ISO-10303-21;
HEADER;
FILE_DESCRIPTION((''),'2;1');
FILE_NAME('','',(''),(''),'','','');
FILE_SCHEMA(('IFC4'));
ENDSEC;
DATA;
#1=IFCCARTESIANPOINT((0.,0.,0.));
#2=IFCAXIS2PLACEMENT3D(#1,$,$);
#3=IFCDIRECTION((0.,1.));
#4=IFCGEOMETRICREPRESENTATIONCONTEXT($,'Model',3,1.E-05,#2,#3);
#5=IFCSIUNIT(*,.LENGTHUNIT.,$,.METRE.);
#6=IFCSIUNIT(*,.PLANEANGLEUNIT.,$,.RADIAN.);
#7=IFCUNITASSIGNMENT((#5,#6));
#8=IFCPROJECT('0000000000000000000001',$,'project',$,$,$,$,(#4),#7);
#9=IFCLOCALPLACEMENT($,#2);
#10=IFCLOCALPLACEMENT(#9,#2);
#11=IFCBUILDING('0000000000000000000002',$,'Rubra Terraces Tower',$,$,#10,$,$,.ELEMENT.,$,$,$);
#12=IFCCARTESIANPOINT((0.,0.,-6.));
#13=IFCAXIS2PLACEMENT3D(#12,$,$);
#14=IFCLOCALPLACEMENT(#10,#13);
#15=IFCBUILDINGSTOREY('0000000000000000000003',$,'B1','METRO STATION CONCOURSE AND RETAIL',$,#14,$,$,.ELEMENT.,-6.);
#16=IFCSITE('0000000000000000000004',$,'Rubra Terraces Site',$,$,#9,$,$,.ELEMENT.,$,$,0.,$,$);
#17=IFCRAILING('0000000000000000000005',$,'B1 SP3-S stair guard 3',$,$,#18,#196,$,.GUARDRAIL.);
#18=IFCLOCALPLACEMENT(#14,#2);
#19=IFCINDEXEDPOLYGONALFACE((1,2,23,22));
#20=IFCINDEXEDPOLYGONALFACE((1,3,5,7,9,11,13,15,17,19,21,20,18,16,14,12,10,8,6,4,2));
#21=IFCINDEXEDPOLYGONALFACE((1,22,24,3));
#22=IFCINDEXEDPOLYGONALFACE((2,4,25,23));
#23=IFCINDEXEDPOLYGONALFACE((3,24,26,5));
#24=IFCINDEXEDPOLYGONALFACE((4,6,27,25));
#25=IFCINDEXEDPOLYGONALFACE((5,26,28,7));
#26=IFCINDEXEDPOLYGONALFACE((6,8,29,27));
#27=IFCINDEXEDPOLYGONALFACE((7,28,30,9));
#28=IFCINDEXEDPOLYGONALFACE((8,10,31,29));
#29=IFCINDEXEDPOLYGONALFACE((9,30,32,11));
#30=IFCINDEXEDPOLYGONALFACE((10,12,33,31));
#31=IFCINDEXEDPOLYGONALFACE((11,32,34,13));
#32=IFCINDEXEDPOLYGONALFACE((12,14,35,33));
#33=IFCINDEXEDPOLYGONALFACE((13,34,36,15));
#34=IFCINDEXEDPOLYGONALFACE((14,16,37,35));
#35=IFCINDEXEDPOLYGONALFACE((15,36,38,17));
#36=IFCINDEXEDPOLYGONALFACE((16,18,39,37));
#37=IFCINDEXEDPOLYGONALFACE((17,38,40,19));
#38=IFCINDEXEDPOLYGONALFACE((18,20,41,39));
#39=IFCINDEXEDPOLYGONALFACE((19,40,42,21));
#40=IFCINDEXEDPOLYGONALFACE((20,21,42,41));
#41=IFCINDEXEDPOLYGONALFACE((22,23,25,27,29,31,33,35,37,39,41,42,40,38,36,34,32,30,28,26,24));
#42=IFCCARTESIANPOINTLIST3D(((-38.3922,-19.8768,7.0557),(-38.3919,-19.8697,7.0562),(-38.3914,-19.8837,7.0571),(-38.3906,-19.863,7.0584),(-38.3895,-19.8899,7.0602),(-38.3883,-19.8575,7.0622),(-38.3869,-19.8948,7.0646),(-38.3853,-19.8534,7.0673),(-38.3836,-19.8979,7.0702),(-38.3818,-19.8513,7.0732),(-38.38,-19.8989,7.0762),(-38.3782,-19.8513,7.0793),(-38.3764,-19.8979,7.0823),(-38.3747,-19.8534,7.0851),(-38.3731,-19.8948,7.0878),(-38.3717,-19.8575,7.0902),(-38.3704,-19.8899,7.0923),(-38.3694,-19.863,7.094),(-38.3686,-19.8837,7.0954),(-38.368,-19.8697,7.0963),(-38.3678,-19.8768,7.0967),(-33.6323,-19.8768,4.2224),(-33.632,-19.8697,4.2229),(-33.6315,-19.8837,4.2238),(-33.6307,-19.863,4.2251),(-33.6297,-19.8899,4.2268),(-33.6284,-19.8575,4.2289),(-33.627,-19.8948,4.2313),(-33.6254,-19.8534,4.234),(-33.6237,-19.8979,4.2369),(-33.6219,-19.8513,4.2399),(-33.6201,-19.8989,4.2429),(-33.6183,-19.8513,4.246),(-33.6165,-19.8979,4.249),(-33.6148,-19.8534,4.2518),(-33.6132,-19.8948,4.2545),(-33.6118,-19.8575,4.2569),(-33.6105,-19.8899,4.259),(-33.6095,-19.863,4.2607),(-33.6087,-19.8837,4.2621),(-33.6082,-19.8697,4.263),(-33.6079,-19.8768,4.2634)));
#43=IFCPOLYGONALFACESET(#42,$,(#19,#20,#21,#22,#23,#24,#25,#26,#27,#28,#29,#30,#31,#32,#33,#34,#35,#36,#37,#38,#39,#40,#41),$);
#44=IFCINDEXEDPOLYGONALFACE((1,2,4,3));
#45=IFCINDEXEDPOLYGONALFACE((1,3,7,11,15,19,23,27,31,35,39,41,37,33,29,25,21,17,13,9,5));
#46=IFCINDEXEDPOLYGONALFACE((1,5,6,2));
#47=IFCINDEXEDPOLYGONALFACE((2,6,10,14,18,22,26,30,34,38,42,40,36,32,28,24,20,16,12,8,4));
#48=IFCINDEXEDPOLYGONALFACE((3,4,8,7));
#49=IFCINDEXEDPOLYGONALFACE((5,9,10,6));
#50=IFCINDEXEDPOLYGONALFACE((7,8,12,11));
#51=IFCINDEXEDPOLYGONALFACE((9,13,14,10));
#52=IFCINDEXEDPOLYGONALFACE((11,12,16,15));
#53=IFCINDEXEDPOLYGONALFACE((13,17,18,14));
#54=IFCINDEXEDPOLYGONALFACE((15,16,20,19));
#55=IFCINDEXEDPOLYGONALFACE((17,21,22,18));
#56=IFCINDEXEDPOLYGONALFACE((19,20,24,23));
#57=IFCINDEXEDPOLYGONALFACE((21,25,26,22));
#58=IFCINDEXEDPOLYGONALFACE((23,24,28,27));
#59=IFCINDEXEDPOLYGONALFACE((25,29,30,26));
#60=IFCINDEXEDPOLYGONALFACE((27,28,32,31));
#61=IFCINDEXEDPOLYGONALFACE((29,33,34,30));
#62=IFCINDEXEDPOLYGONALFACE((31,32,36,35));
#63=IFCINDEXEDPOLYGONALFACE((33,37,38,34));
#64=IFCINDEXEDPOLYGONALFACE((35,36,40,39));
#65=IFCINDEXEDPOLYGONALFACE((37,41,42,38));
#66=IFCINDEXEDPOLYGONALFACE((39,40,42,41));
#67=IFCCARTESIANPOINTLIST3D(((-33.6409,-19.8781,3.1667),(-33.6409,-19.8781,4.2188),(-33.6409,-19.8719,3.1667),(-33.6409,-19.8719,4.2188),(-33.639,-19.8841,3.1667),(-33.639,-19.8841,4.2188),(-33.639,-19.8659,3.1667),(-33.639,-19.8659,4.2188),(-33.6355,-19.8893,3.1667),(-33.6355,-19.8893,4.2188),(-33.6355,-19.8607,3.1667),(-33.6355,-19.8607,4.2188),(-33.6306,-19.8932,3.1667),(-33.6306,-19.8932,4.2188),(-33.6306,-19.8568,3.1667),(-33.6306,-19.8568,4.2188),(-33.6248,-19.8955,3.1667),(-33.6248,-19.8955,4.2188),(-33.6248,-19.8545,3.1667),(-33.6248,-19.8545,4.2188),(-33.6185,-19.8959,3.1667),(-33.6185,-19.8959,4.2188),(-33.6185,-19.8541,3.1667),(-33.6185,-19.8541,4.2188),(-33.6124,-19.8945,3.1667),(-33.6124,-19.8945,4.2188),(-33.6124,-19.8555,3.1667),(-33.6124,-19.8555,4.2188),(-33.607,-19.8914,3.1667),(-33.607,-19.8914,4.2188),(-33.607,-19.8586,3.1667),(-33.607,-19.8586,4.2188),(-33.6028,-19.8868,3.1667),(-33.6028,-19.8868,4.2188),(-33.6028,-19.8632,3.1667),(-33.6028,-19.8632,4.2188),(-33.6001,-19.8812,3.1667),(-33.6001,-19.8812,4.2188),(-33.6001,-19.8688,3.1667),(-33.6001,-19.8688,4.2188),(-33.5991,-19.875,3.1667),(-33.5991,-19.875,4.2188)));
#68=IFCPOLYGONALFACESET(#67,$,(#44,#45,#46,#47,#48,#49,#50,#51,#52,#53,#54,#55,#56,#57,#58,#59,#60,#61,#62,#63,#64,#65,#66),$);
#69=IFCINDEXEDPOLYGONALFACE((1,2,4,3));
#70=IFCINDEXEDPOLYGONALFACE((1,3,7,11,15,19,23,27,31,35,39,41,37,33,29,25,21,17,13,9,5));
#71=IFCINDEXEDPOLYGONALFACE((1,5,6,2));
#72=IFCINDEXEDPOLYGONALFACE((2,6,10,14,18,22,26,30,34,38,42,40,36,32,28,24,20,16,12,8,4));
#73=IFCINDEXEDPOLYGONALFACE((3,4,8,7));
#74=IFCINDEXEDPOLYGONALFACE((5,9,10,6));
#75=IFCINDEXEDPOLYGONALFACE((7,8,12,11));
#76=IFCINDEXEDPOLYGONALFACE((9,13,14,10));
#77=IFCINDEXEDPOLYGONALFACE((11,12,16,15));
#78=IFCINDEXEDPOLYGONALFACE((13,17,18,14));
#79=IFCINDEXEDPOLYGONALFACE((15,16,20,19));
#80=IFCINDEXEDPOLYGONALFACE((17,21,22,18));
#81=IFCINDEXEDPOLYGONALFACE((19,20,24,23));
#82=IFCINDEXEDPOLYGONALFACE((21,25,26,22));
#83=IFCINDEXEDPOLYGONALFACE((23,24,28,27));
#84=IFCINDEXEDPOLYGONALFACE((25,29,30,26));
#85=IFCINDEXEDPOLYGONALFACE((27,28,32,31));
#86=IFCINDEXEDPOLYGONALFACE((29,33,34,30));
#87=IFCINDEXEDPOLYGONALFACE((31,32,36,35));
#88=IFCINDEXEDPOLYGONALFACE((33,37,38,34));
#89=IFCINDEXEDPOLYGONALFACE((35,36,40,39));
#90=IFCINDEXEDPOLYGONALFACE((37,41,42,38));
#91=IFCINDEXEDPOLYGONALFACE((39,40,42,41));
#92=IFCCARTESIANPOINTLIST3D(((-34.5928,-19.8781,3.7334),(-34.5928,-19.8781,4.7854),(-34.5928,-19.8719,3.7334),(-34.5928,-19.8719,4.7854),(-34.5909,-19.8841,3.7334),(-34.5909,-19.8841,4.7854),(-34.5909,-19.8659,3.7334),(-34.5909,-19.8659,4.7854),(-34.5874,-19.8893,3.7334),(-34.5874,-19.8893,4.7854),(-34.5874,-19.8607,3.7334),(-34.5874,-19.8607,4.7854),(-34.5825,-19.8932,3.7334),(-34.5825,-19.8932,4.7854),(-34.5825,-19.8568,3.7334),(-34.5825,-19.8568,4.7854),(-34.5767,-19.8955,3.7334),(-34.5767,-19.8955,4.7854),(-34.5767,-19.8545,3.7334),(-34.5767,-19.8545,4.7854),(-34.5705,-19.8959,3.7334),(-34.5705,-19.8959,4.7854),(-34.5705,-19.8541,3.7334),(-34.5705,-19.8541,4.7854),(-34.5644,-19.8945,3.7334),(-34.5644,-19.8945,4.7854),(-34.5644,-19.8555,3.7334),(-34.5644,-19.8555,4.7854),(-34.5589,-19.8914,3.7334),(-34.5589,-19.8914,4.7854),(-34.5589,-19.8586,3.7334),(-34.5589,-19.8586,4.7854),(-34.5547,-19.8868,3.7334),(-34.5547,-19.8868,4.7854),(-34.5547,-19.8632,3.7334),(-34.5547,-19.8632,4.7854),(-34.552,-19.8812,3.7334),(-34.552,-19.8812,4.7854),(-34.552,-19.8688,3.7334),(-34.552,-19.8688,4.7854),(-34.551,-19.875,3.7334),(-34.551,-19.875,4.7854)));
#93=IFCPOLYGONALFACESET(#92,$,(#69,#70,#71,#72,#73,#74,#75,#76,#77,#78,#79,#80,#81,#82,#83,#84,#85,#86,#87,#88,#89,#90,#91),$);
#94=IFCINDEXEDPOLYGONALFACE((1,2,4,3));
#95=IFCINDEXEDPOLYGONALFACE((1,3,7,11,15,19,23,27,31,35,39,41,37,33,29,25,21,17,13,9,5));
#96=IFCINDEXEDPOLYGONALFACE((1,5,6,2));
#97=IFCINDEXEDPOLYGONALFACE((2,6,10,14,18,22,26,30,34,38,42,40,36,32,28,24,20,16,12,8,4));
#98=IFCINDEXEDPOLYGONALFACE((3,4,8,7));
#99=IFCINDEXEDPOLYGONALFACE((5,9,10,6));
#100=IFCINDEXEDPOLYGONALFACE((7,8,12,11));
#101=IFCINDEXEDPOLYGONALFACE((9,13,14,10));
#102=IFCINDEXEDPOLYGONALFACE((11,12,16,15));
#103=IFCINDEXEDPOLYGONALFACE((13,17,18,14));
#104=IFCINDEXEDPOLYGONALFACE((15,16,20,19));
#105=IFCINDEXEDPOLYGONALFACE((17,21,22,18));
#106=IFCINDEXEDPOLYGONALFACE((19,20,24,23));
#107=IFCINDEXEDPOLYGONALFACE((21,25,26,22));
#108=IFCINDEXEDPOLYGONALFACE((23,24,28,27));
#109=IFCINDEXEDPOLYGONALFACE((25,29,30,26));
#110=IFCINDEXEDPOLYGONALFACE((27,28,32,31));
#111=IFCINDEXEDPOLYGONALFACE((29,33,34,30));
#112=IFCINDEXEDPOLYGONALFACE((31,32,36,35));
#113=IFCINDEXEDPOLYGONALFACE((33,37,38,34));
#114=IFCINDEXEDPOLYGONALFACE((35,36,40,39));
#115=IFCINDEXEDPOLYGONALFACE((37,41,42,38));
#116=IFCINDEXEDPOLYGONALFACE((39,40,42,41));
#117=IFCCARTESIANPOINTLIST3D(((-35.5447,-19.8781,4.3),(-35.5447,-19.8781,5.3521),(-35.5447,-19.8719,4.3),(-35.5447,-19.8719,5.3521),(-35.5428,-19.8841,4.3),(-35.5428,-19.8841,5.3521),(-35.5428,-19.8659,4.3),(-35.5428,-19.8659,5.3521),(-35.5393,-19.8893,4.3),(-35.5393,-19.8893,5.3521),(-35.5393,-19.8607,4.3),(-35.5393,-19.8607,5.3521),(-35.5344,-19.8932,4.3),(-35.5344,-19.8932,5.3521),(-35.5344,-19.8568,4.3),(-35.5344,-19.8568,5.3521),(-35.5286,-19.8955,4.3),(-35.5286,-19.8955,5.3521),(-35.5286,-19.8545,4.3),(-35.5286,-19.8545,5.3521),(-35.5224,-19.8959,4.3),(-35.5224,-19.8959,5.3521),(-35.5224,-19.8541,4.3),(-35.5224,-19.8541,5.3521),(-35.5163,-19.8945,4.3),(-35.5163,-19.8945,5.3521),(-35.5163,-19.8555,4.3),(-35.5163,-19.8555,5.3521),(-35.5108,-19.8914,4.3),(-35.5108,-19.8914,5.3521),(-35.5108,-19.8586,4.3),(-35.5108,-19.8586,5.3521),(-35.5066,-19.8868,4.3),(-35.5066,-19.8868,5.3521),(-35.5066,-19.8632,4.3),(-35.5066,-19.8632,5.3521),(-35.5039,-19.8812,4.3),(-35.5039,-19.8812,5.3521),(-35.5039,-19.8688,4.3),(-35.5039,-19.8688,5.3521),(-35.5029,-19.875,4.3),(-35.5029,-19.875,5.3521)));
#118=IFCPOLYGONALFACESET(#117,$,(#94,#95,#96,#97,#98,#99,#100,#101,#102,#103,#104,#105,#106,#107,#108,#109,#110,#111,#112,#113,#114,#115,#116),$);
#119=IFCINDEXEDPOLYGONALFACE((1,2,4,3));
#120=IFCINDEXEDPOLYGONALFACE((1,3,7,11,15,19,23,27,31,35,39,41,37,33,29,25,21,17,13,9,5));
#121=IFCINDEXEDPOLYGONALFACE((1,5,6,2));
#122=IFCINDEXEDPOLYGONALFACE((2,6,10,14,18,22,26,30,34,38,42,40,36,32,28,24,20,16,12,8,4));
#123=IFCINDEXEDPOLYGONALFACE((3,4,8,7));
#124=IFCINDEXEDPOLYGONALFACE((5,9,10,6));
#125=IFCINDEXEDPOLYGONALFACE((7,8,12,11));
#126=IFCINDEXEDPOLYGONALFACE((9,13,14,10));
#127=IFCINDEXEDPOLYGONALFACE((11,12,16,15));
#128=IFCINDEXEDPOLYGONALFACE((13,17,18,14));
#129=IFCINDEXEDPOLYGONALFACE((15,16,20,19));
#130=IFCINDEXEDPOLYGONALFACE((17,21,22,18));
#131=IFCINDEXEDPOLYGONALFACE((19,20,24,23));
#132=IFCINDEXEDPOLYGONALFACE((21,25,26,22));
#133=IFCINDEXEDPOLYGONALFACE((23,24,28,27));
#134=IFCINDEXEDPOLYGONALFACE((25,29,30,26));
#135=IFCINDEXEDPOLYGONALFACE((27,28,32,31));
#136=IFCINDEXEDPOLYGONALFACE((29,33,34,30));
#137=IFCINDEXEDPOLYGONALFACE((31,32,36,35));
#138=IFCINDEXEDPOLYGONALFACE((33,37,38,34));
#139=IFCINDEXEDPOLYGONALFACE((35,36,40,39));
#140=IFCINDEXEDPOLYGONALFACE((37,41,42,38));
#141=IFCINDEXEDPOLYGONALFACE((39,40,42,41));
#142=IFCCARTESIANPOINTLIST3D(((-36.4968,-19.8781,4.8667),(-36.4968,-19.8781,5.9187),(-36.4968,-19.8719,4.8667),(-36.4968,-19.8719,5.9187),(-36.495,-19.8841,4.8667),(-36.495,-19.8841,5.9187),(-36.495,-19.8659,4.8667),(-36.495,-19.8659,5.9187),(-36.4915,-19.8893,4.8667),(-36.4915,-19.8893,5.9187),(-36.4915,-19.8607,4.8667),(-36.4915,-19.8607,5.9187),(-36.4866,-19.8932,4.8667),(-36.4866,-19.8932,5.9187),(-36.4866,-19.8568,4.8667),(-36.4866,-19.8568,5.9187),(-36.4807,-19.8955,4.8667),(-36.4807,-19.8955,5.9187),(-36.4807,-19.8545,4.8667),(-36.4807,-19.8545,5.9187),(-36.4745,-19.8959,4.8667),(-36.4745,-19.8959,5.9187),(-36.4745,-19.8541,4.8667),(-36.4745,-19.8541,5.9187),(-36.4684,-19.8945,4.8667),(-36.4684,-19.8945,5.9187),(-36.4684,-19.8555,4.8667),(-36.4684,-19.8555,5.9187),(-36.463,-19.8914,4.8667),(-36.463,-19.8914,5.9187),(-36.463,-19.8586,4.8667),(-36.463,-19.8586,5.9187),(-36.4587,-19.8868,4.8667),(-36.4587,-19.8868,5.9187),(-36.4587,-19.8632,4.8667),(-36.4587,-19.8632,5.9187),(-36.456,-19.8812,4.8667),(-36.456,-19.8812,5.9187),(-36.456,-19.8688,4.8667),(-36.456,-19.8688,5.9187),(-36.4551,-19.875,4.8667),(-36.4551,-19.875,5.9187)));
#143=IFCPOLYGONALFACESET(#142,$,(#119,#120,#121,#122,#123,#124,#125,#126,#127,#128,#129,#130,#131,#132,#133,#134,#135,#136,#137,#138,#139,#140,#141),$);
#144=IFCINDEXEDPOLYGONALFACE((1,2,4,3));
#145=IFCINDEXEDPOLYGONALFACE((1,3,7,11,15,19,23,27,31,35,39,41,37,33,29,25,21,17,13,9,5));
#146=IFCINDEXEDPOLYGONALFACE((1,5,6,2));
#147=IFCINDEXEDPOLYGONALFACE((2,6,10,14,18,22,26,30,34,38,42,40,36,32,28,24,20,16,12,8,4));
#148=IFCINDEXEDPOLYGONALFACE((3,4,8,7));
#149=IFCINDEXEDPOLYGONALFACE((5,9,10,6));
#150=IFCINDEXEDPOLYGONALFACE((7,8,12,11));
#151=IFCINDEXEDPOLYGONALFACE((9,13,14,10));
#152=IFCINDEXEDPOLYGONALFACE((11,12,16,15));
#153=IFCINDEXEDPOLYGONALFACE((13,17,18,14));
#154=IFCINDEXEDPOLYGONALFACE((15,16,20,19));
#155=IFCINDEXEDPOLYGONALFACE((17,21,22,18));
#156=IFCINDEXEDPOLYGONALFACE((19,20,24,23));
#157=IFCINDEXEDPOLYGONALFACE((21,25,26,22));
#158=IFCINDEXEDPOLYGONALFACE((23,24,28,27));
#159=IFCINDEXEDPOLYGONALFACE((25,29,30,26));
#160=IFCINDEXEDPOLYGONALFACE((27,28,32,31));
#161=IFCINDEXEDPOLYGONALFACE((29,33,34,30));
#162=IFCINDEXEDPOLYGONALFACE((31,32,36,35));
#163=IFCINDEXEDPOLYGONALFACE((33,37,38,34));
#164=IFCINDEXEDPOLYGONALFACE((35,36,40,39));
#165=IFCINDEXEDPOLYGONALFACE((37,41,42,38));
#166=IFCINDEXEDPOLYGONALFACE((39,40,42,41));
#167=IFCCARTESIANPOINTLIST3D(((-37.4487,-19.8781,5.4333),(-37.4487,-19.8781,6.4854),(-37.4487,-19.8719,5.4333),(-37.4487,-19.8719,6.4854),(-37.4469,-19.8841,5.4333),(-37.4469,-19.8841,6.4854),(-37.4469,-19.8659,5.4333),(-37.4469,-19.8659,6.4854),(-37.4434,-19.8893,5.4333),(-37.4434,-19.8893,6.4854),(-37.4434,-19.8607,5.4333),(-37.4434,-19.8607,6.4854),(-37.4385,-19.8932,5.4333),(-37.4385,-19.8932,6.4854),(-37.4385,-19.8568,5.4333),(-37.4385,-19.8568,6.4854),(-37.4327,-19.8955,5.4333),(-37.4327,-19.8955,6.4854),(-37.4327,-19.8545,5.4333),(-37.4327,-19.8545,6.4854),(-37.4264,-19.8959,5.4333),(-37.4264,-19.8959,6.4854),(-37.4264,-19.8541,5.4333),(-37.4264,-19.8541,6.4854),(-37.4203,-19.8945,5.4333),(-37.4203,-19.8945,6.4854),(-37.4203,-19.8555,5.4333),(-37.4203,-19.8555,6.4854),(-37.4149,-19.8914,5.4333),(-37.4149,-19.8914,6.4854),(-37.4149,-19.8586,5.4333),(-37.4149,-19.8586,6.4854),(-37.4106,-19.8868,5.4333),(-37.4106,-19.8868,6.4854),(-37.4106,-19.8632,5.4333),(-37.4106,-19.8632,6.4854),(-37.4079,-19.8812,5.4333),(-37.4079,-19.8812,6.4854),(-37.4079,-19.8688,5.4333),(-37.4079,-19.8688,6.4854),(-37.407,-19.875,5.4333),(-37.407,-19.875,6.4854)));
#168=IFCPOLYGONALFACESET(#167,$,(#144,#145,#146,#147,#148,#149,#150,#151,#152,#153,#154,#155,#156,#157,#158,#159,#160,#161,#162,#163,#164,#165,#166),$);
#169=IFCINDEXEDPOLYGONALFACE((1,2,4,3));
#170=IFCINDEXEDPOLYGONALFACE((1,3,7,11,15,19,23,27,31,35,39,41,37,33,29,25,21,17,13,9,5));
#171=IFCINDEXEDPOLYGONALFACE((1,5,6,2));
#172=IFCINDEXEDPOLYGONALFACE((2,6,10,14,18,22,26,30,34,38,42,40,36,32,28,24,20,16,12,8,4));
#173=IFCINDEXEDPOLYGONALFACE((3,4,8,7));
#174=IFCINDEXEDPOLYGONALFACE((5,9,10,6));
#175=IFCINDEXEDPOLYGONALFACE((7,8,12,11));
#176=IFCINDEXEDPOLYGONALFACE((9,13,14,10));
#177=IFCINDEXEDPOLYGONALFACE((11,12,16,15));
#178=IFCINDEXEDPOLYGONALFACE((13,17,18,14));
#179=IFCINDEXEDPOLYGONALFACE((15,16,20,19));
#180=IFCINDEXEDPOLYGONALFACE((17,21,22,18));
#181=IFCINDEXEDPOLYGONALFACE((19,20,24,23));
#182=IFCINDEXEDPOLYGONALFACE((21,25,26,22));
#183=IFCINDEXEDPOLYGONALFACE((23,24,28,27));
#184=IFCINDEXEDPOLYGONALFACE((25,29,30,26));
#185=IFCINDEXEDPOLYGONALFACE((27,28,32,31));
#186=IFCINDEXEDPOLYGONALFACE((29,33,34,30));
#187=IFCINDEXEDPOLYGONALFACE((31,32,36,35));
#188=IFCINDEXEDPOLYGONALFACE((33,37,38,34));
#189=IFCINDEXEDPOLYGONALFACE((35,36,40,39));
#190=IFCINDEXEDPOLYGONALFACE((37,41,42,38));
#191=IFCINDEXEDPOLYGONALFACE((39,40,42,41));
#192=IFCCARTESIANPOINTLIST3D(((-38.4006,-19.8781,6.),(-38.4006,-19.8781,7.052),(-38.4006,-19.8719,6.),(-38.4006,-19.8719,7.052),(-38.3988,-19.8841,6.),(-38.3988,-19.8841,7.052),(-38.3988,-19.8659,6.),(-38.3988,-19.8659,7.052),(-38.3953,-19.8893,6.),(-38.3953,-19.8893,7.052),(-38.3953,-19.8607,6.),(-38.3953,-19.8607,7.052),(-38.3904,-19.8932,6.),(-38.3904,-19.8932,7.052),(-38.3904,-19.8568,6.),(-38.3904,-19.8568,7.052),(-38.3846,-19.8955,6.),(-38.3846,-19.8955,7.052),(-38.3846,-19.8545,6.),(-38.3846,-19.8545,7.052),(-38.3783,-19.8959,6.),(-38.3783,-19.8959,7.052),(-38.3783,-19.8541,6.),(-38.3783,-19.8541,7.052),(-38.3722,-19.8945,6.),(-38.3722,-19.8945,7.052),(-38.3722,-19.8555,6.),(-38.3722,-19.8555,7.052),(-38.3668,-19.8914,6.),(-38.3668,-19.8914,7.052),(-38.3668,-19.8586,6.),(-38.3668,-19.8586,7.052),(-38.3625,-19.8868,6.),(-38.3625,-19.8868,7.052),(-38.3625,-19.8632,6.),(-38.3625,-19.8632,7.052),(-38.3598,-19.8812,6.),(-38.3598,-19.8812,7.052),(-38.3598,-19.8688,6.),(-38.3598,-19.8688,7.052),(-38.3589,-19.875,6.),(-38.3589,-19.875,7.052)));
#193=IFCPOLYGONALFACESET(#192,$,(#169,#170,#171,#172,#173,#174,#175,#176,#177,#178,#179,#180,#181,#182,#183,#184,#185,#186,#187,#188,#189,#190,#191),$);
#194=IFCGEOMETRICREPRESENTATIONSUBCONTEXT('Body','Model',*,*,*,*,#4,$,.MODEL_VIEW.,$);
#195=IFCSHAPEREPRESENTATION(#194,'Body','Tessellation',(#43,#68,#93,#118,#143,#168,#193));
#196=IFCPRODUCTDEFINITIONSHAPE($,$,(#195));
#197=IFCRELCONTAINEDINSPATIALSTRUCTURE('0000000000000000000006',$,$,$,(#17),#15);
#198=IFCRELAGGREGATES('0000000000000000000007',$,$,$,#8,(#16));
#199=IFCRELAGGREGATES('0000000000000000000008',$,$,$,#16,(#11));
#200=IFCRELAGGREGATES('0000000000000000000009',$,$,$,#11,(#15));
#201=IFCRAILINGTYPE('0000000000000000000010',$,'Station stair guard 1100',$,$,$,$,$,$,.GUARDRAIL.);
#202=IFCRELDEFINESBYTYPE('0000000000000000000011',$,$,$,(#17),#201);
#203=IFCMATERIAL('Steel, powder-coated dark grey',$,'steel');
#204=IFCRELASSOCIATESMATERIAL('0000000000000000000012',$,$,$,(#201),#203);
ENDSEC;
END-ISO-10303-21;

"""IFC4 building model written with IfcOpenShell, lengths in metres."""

from ifc_helpers import new_model, si_unit, direction, frame, origin, origin_2d, place, context, subcontext, project, spatial, circle, extrude, material, type_object, element, save


model = new_model("IFC4")

# Units and contexts
model_context = context("Model", 3, precision=1e-05, world=origin(), true_north=direction((0.0, 1.0)))
body_context = subcontext(model_context, "Body", "Model", "MODEL_VIEW")
ifc_project = project(units=[si_unit("LENGTHUNIT", "METRE"), si_unit("PLANEANGLEUNIT", "RADIAN")], contexts=[model_context])

# Site, building, storey
site_placement = place(None, origin())
site = spatial("IfcSite", under=ifc_project, at=site_placement, Name="Rubra Terraces Site", CompositionType="ELEMENT", RefElevation=0.0)
building_placement = place(site_placement, origin())
building = spatial("IfcBuilding", under=site, at=building_placement, Name="Rubra Terraces Tower", CompositionType="ELEMENT")
storey_placement = place(building_placement, frame((0.0, 0.0, -6.0)))
storey = spatial("IfcBuildingStorey", under=building, at=storey_placement, Name="B1", Description="METRO STATION CONCOURSE AND RETAIL", CompositionType="ELEMENT", Elevation=-6.0)

# Railing
ifc_material_1 = material(Name="Steel, powder-coated dark grey", Category="steel")
railing_type_1 = type_object("IfcRailingType", Name="Station stair guard 1100", PredefinedType="GUARDRAIL", material=ifc_material_1)
railing_1_placement = place(storey_placement, frame((-33.6201, -19.875, 3.1667)))
element("IfcRailing", 1, at=railing_1_placement, inside=storey, type_object=railing_type_1, Name="B1 SP3-S stair guard 3", PredefinedType="GUARDRAIL", context=body_context, shape_type="SweptSolid", body=[
    extrude(circle(Radius=0.0239, at=origin_2d()), frame((0.0, 0.0, 1.0762), z_axis=(-0.859288, 0.0, 0.511492), x_axis=(0.0, -1.0, 0.0)), (0.0, 0.0, 1.0), 5.5393),
    extrude(circle(Radius=0.021, at=origin_2d()), origin(), (0.0, 0.0, 1.0), 1.052),
    extrude(circle(Radius=0.021, at=origin_2d()), frame((-0.9519, 0.0, 0.5667)), (0.0, 0.0, 1.0), 1.052),
    extrude(circle(Radius=0.021, at=origin_2d()), frame((-1.9038, 0.0, 1.1333)), (0.0, 0.0, 1.0), 1.052),
    extrude(circle(Radius=0.021, at=origin_2d()), frame((-2.856, 0.0, 1.7)), (0.0, 0.0, 1.0), 1.052),
    extrude(circle(Radius=0.021, at=origin_2d()), frame((-3.8079, 0.0, 2.2666)), (0.0, 0.0, 1.0), 1.052),
    extrude(circle(Radius=0.021, at=origin_2d()), frame((-4.7598, 0.0, 2.8333)), (0.0, 0.0, 1.0), 1.052),
])

save(model, "model.ifc")
